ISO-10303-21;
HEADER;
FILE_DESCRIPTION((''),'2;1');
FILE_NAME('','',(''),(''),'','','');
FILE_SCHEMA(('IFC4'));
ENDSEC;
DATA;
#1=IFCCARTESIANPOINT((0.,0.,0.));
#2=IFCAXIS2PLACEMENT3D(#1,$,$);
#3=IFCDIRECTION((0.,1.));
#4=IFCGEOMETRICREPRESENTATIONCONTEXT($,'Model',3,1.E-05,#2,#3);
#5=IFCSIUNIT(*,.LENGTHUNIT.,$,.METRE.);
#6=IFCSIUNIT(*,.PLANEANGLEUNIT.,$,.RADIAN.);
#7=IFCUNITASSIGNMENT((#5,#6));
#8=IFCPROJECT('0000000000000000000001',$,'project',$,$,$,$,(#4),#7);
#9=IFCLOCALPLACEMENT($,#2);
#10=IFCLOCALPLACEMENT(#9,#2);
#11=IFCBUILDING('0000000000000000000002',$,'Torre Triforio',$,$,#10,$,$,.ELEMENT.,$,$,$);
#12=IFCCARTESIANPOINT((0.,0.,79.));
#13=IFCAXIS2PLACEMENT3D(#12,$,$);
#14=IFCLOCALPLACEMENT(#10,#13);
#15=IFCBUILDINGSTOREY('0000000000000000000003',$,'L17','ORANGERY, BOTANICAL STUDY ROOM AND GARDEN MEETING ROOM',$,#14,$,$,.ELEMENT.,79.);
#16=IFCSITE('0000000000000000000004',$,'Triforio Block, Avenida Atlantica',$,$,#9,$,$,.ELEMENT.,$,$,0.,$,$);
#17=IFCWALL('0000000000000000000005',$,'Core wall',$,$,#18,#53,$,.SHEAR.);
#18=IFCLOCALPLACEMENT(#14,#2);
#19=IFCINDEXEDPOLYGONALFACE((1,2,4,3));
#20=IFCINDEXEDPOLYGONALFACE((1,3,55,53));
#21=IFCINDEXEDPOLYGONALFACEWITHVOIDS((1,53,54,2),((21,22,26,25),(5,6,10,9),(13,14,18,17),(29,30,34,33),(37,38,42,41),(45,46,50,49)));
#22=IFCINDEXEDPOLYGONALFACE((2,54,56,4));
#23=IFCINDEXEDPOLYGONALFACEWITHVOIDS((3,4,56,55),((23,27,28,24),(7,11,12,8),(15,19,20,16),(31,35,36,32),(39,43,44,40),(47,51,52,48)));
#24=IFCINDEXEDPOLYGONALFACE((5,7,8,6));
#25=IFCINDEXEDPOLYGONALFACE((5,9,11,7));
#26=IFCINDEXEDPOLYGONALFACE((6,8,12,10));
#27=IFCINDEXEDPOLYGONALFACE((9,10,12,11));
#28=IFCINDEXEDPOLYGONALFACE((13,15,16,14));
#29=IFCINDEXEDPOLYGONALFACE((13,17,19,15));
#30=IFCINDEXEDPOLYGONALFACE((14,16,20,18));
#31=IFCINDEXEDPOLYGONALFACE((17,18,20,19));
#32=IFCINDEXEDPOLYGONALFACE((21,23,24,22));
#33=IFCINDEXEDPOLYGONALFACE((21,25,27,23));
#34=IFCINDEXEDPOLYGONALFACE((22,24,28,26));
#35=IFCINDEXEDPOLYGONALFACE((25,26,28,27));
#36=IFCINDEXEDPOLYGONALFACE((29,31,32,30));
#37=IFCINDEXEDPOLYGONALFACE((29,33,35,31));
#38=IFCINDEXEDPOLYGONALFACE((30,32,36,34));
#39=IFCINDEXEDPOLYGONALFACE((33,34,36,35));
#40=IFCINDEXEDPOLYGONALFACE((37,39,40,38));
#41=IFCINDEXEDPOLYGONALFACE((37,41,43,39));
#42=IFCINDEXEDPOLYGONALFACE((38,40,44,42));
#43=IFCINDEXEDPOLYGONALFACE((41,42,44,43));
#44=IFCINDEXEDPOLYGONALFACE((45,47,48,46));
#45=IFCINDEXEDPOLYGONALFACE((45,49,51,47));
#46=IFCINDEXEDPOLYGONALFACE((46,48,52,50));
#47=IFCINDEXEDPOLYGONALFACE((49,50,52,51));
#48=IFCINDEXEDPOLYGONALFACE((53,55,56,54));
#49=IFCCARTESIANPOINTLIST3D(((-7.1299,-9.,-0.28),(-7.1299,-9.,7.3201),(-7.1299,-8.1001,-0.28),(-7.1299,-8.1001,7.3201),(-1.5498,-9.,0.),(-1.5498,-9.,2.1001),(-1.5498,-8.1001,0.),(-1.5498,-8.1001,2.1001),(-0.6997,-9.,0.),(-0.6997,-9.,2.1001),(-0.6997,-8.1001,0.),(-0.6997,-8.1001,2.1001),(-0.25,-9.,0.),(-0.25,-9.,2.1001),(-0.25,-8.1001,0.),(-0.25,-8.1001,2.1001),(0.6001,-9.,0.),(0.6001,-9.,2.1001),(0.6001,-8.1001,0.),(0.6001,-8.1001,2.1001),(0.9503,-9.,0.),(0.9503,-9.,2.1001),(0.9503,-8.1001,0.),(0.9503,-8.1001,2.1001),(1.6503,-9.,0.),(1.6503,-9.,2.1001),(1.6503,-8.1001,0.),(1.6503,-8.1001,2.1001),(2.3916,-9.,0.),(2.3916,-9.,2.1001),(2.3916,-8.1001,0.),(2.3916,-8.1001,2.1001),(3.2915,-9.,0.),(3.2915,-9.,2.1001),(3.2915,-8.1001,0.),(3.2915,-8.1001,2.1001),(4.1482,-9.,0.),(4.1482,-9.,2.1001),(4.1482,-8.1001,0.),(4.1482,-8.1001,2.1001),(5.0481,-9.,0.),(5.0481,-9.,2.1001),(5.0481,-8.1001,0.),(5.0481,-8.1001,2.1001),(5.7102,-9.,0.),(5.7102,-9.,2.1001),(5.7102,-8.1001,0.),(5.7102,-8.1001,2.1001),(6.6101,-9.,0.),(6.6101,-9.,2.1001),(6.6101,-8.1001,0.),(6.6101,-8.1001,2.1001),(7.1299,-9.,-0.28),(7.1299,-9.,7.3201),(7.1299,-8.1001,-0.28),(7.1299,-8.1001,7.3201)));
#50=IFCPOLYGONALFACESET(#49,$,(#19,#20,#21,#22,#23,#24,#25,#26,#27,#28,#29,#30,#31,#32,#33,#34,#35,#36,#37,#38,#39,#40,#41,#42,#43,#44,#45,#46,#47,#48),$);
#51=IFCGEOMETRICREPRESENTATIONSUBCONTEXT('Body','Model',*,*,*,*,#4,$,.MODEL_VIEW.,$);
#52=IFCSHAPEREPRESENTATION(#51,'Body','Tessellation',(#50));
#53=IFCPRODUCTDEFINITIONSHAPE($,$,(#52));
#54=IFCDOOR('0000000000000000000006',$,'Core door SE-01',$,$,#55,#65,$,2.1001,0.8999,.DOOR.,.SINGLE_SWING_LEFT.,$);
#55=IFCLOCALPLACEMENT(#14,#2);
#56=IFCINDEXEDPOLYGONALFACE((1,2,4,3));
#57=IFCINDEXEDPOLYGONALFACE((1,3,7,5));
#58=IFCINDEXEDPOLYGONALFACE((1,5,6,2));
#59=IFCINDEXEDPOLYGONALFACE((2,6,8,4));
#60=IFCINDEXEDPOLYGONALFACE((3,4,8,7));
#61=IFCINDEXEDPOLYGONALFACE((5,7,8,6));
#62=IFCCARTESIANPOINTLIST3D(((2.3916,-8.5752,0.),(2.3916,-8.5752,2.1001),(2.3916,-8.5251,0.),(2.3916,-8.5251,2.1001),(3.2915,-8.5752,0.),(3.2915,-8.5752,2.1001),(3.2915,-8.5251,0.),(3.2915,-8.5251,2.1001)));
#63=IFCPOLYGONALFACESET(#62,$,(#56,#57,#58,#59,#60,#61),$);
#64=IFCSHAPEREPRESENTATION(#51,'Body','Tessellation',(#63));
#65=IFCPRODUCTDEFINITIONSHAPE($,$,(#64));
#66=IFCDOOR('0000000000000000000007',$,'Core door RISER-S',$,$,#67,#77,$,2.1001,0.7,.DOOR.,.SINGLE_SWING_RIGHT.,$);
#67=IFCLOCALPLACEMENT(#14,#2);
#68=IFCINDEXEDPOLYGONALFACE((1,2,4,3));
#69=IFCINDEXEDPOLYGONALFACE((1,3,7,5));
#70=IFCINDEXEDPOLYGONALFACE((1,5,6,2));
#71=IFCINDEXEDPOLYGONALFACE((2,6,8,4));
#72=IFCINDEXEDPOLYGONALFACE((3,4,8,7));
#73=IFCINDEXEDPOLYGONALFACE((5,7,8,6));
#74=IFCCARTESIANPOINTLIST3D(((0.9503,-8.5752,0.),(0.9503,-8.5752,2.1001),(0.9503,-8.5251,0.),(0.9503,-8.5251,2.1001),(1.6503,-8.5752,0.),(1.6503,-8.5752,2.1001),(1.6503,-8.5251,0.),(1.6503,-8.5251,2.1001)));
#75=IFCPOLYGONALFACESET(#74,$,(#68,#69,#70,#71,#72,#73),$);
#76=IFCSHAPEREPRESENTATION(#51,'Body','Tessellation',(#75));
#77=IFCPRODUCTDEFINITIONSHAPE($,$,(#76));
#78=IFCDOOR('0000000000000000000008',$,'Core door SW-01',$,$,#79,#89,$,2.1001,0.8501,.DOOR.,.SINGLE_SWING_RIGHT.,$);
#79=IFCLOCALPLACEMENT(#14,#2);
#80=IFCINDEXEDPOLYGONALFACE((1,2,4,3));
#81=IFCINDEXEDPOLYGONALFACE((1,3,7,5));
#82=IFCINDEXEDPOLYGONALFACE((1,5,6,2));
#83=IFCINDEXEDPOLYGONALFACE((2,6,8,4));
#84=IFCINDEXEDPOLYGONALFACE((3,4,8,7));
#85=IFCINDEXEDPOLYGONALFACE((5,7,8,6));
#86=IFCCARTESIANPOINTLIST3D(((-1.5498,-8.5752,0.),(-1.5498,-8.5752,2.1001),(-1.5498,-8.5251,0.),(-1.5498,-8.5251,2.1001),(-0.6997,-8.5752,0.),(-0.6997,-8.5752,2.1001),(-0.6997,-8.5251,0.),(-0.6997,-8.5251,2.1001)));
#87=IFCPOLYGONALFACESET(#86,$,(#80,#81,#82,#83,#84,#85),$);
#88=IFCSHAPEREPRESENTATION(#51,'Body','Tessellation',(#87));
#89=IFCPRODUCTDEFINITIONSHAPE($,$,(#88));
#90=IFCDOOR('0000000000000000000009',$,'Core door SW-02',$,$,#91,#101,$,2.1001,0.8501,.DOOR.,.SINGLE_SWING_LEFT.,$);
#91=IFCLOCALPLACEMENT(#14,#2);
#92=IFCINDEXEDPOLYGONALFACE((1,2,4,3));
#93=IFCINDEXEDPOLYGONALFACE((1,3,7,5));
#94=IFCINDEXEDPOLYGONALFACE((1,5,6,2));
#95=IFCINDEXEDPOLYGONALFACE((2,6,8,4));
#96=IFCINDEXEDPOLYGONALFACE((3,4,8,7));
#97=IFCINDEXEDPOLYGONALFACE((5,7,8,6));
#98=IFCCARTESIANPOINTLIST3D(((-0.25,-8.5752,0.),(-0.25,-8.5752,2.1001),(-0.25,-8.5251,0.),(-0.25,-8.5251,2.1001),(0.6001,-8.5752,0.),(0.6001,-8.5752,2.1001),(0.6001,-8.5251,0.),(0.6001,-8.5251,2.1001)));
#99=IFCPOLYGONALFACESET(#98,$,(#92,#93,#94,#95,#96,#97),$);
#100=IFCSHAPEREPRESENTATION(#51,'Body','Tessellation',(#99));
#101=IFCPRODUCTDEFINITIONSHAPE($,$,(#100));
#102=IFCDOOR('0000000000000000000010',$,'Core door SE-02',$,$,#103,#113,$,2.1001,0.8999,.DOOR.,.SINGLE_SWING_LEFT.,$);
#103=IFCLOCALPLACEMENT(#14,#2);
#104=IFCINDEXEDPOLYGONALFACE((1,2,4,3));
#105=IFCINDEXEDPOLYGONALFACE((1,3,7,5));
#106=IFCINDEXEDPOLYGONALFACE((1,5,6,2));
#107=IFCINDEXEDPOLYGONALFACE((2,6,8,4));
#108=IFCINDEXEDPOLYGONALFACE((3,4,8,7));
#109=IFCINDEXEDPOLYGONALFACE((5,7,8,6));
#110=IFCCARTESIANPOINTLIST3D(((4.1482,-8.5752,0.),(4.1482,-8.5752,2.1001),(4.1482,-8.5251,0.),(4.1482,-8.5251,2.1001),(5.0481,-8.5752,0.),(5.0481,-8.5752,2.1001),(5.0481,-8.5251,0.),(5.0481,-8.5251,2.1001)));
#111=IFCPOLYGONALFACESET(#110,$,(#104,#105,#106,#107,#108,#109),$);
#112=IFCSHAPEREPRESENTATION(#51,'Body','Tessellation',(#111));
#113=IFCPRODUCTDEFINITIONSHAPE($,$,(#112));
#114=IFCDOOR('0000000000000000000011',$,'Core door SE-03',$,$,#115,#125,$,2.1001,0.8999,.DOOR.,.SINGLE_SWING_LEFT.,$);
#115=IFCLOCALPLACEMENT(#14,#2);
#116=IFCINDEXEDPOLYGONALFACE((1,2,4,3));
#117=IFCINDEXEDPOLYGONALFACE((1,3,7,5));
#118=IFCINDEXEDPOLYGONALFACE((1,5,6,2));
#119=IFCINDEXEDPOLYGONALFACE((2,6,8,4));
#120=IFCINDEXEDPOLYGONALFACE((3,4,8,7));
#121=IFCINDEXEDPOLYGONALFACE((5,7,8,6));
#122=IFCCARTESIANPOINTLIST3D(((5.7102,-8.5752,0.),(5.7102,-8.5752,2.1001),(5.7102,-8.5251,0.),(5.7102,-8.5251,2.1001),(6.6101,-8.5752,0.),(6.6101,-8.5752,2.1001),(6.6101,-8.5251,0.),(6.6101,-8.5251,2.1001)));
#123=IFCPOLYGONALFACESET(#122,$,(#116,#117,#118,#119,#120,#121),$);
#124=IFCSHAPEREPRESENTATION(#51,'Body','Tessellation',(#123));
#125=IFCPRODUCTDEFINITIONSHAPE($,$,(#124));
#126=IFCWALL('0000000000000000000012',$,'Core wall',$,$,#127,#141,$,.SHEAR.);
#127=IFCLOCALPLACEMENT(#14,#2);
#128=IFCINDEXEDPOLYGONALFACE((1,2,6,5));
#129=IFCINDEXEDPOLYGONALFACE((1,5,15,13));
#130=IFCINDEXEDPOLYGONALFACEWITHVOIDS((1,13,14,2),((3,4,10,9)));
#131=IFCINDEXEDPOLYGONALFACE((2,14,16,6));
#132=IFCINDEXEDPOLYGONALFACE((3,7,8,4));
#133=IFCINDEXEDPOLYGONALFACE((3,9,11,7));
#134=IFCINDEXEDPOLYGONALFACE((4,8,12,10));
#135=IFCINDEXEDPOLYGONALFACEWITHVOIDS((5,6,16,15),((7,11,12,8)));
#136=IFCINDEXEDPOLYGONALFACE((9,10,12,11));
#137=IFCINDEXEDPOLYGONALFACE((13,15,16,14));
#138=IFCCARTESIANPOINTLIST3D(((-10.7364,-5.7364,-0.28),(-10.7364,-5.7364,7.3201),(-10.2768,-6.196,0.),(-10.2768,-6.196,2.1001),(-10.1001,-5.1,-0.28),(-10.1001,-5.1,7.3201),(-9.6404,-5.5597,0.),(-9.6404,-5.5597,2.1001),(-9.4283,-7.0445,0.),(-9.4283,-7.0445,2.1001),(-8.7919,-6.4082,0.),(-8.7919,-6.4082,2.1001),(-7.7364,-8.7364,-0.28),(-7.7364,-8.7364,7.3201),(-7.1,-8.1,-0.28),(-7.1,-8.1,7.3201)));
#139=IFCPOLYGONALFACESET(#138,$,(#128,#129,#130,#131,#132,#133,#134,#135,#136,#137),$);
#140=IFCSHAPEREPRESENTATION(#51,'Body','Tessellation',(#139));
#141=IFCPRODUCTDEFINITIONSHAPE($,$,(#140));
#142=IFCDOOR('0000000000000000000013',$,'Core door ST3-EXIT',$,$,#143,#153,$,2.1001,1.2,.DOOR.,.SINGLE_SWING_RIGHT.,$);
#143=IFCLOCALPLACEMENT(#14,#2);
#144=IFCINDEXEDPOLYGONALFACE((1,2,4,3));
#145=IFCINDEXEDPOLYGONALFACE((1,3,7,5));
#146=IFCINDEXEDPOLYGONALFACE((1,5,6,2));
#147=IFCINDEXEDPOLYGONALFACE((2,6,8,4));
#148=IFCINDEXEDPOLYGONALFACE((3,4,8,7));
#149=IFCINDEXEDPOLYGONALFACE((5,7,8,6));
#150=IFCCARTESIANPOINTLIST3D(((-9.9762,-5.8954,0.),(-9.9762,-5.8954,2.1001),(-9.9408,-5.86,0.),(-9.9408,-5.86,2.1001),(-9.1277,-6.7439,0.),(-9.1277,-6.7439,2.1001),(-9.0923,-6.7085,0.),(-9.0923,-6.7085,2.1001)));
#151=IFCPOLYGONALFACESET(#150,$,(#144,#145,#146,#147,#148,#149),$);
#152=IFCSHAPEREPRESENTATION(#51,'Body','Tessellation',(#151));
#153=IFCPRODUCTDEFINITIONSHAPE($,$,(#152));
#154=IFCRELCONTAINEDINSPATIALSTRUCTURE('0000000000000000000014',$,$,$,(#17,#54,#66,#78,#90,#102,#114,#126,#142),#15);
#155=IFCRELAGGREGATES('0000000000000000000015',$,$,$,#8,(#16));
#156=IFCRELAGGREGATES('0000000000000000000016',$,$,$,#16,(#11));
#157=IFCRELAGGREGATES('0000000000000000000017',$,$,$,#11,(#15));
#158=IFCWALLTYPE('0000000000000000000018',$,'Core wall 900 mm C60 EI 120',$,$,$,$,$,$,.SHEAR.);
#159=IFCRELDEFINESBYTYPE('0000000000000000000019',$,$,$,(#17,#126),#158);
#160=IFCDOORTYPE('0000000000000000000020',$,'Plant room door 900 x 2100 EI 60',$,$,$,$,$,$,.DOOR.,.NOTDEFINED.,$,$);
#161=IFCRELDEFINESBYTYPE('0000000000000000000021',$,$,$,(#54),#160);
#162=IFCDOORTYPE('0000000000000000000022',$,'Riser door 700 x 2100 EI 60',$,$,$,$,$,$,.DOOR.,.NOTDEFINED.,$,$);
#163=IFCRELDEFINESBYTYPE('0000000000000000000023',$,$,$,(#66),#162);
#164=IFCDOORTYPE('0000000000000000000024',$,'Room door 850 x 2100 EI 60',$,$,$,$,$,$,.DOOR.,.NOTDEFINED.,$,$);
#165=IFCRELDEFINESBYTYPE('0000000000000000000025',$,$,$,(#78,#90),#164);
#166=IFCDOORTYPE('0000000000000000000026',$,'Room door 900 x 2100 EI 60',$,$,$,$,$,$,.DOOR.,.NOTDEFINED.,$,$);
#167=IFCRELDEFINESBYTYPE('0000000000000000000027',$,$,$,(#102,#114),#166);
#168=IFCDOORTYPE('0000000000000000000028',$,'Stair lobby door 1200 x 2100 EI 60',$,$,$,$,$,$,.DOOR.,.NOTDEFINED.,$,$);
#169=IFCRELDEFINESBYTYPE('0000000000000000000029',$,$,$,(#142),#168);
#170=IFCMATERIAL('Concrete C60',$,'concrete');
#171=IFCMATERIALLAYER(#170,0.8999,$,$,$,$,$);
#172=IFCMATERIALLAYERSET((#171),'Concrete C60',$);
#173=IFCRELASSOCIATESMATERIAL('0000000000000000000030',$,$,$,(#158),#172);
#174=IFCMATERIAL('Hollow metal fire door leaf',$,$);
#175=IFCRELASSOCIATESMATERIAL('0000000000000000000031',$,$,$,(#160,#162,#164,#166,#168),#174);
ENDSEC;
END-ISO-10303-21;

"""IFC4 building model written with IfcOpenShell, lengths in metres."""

from ifc_helpers import new_model, si_unit, direction, frame, frame_2d, origin, place, context, subcontext, project, spatial, rectangle, extrude, material, layer, layer_set, type_object, element, fill, save


model = new_model("IFC4")

# Units and contexts
model_context = context("Model", 3, precision=1e-05, world=origin(), true_north=direction((0.0, 1.0)))
body_context = subcontext(model_context, "Body", "Model", "MODEL_VIEW")
ifc_project = project(units=[si_unit("LENGTHUNIT", "METRE"), si_unit("PLANEANGLEUNIT", "RADIAN")], contexts=[model_context])

# Site, building, storey
site_placement = place(None, origin())
site = spatial("IfcSite", under=ifc_project, at=site_placement, Name="Triforio Block, Avenida Atlantica", CompositionType="ELEMENT", RefElevation=0.0)
building_placement = place(site_placement, origin())
building = spatial("IfcBuilding", under=site, at=building_placement, Name="Torre Triforio", CompositionType="ELEMENT")
storey_placement = place(building_placement, frame((0.0, 0.0, 79.0)))
storey = spatial("IfcBuildingStorey", under=building, at=storey_placement, Name="L17", Description="ORANGERY, BOTANICAL STUDY ROOM AND GARDEN MEETING ROOM", CompositionType="ELEMENT", Elevation=79.0)

# Shared definitions
ifc_material_1 = material(Name="Concrete C60", Category="concrete")

# Wall, openings, doors
ifc_layer_1 = layer(ifc_material_1, 0.8999)
ifc_layer_set_1 = layer_set([ifc_layer_1], Name="Concrete C60")
wall_type_1 = type_object("IfcWallType", Name="Core wall 900 mm C60 EI 120", PredefinedType="SHEAR", material=ifc_layer_set_1)
wall_1_placement = place(storey_placement, frame((-7.1299, -8.55, -0.28), z_axis=(0.0, 0.0, 1.0), x_axis=(1.0, 0.0, 0.0)))
wall_1 = element("IfcWall", 1, at=wall_1_placement, inside=storey, type_object=wall_type_1, Name="Core wall", PredefinedType="SHEAR", context=body_context, shape_type="SweptSolid", body=[
    extrude(rectangle(XDim=14.2598, YDim=0.8999, at=frame_2d((7.1299, 0.0))), origin(), (0.0, 0.0, 1.0), 7.6001),
])
opening_1_placement = place(wall_1_placement, frame((8.0801, 0.0, 0.28)))
opening_1 = element("IfcOpeningElement", 2, at=opening_1_placement, cuts=wall_1, PredefinedType="OPENING", context=body_context, shape_type="SweptSolid", body=[
    extrude(rectangle(XDim=0.7, YDim=2.1001, at=frame_2d((0.3501, 1.05))), frame((0.0, 0.46, 0.0), z_axis=(0.0, -1.0, 0.0), x_axis=(1.0, 0.0, 0.0)), (0.0, 0.0, 1.0), 0.9199),
])
opening_2_placement = place(wall_1_placement, frame((5.5801, 0.0, 0.28)))
opening_2 = element("IfcOpeningElement", 3, at=opening_2_placement, cuts=wall_1, PredefinedType="OPENING", context=body_context, shape_type="SweptSolid", body=[
    extrude(rectangle(XDim=0.8501, YDim=2.1001, at=frame_2d((0.425, 1.05))), frame((0.0, 0.46, 0.0), z_axis=(0.0, -1.0, 0.0), x_axis=(1.0, 0.0, 0.0)), (0.0, 0.0, 1.0), 0.9199),
])
opening_3_placement = place(wall_1_placement, frame((6.8799, 0.0, 0.28)))
opening_3 = element("IfcOpeningElement", 4, at=opening_3_placement, cuts=wall_1, PredefinedType="OPENING", context=body_context, shape_type="SweptSolid", body=[
    extrude(rectangle(XDim=0.8501, YDim=2.1001, at=frame_2d((0.425, 1.05))), frame((0.0, 0.46, 0.0), z_axis=(0.0, -1.0, 0.0), x_axis=(1.0, 0.0, 0.0)), (0.0, 0.0, 1.0), 0.9199),
])
opening_4_placement = place(wall_1_placement, frame((9.5215, 0.0, 0.28)))
opening_4 = element("IfcOpeningElement", 5, at=opening_4_placement, cuts=wall_1, PredefinedType="OPENING", context=body_context, shape_type="SweptSolid", body=[
    extrude(rectangle(XDim=0.8999, YDim=2.1001, at=frame_2d((0.45, 1.05))), frame((0.0, 0.46, 0.0), z_axis=(0.0, -1.0, 0.0), x_axis=(1.0, 0.0, 0.0)), (0.0, 0.0, 1.0), 0.9199),
])
opening_5_placement = place(wall_1_placement, frame((11.2781, 0.0, 0.28)))
opening_5 = element("IfcOpeningElement", 6, at=opening_5_placement, cuts=wall_1, PredefinedType="OPENING", context=body_context, shape_type="SweptSolid", body=[
    extrude(rectangle(XDim=0.8999, YDim=2.1001, at=frame_2d((0.45, 1.05))), frame((0.0, 0.46, 0.0), z_axis=(0.0, -1.0, 0.0), x_axis=(1.0, 0.0, 0.0)), (0.0, 0.0, 1.0), 0.9199),
])
opening_6_placement = place(wall_1_placement, frame((12.8401, 0.0, 0.28)))
opening_6 = element("IfcOpeningElement", 7, at=opening_6_placement, cuts=wall_1, PredefinedType="OPENING", context=body_context, shape_type="SweptSolid", body=[
    extrude(rectangle(XDim=0.8999, YDim=2.1001, at=frame_2d((0.45, 1.05))), frame((0.0, 0.46, 0.0), z_axis=(0.0, -1.0, 0.0), x_axis=(1.0, 0.0, 0.0)), (0.0, 0.0, 1.0), 0.9199),
])
ifc_material_2 = material(Name="Hollow metal fire door leaf")
door_type_1 = type_object("IfcDoorType", Name="Plant room door 900 x 2100 EI 60", OperationType="NOTDEFINED", PredefinedType="DOOR", material=ifc_material_2)
door_1_placement = place(opening_4_placement, origin())
door_1 = element("IfcDoor", 8, at=door_1_placement, inside=storey, type_object=door_type_1, Name="Core door SE-01", OperationType="SINGLE_SWING_LEFT", OverallHeight=2.1001, OverallWidth=0.8999, PredefinedType="DOOR", context=body_context, shape_type="SweptSolid", body=[
    extrude(rectangle(XDim=0.8999, YDim=2.1001, at=frame_2d((0.45, 1.05))), frame((0.0, 0.0249, 0.0), z_axis=(0.0, -1.0, 0.0), x_axis=(1.0, 0.0, 0.0)), (0.0, 0.0, 1.0), 0.05),
])
fill(opening_4, door_1)
door_type_2 = type_object("IfcDoorType", Name="Riser door 700 x 2100 EI 60", OperationType="NOTDEFINED", PredefinedType="DOOR", material=ifc_material_2)
door_2_placement = place(opening_1_placement, origin())
door_2 = element("IfcDoor", 9, at=door_2_placement, inside=storey, type_object=door_type_2, Name="Core door RISER-S", OperationType="SINGLE_SWING_RIGHT", OverallHeight=2.1001, OverallWidth=0.7, PredefinedType="DOOR", context=body_context, shape_type="SweptSolid", body=[
    extrude(rectangle(XDim=0.7, YDim=2.1001, at=frame_2d((0.3501, 1.05))), frame((0.0, 0.0249, 0.0), z_axis=(0.0, -1.0, 0.0), x_axis=(1.0, 0.0, 0.0)), (0.0, 0.0, 1.0), 0.05),
])
fill(opening_1, door_2)
door_type_3 = type_object("IfcDoorType", Name="Room door 850 x 2100 EI 60", OperationType="NOTDEFINED", PredefinedType="DOOR", material=ifc_material_2)
door_3_placement = place(opening_2_placement, origin())
door_3 = element("IfcDoor", 10, at=door_3_placement, inside=storey, type_object=door_type_3, Name="Core door SW-01", OperationType="SINGLE_SWING_RIGHT", OverallHeight=2.1001, OverallWidth=0.8501, PredefinedType="DOOR", context=body_context, shape_type="SweptSolid", body=[
    extrude(rectangle(XDim=0.8501, YDim=2.1001, at=frame_2d((0.425, 1.05))), frame((0.0, 0.0249, 0.0), z_axis=(0.0, -1.0, 0.0), x_axis=(1.0, 0.0, 0.0)), (0.0, 0.0, 1.0), 0.05),
])
fill(opening_2, door_3)
door_4_placement = place(opening_3_placement, origin())
door_4 = element("IfcDoor", 11, at=door_4_placement, inside=storey, type_object=door_type_3, Name="Core door SW-02", OperationType="SINGLE_SWING_LEFT", OverallHeight=2.1001, OverallWidth=0.8501, PredefinedType="DOOR", context=body_context, shape_type="SweptSolid", body=[
    extrude(rectangle(XDim=0.8501, YDim=2.1001, at=frame_2d((0.425, 1.05))), frame((0.0, 0.0249, 0.0), z_axis=(0.0, -1.0, 0.0), x_axis=(1.0, 0.0, 0.0)), (0.0, 0.0, 1.0), 0.05),
])
fill(opening_3, door_4)
door_type_4 = type_object("IfcDoorType", Name="Room door 900 x 2100 EI 60", OperationType="NOTDEFINED", PredefinedType="DOOR", material=ifc_material_2)
door_5_placement = place(opening_5_placement, origin())
door_5 = element("IfcDoor", 12, at=door_5_placement, inside=storey, type_object=door_type_4, Name="Core door SE-02", OperationType="SINGLE_SWING_LEFT", OverallHeight=2.1001, OverallWidth=0.8999, PredefinedType="DOOR", context=body_context, shape_type="SweptSolid", body=[
    extrude(rectangle(XDim=0.8999, YDim=2.1001, at=frame_2d((0.45, 1.05))), frame((0.0, 0.0249, 0.0), z_axis=(0.0, -1.0, 0.0), x_axis=(1.0, 0.0, 0.0)), (0.0, 0.0, 1.0), 0.05),
])
fill(opening_5, door_5)
door_6_placement = place(opening_6_placement, origin())
door_6 = element("IfcDoor", 13, at=door_6_placement, inside=storey, type_object=door_type_4, Name="Core door SE-03", OperationType="SINGLE_SWING_LEFT", OverallHeight=2.1001, OverallWidth=0.8999, PredefinedType="DOOR", context=body_context, shape_type="SweptSolid", body=[
    extrude(rectangle(XDim=0.8999, YDim=2.1001, at=frame_2d((0.45, 1.05))), frame((0.0, 0.0249, 0.0), z_axis=(0.0, -1.0, 0.0), x_axis=(1.0, 0.0, 0.0)), (0.0, 0.0, 1.0), 0.05),
])
fill(opening_6, door_6)

# Wall, opening, door
wall_2_placement = place(storey_placement, frame((-7.4182, -8.4182, -0.28), z_axis=(0.0, 0.0, 1.0), x_axis=(-0.707107, 0.707107, 0.0)))
wall_2 = element("IfcWall", 14, at=wall_2_placement, inside=storey, type_object=wall_type_1, Name="Core wall", PredefinedType="SHEAR", context=body_context, shape_type="SweptSolid", body=[
    extrude(rectangle(XDim=4.2427, YDim=0.8999, at=frame_2d((2.1213, 0.0))), origin(), (0.0, 0.0, 1.0), 7.6001),
])
opening_7_placement = place(wall_2_placement, frame((2.3926, 0.0, 0.28)))
opening_7 = element("IfcOpeningElement", 15, at=opening_7_placement, cuts=wall_2, PredefinedType="OPENING", context=body_context, shape_type="SweptSolid", body=[
    extrude(rectangle(XDim=1.2, YDim=2.1001, at=frame_2d((0.6001, 1.05))), frame((0.0, 0.46, 0.0), z_axis=(0.0, -1.0, 0.0), x_axis=(1.0, 0.0, 0.0)), (0.0, 0.0, 1.0), 0.9199),
])
door_type_5 = type_object("IfcDoorType", Name="Stair lobby door 1200 x 2100 EI 60", OperationType="NOTDEFINED", PredefinedType="DOOR", material=ifc_material_2)
door_7_placement = place(opening_7_placement, origin())
door_7 = element("IfcDoor", 16, at=door_7_placement, inside=storey, type_object=door_type_5, Name="Core door ST3-EXIT", OperationType="SINGLE_SWING_RIGHT", OverallHeight=2.1001, OverallWidth=1.2, PredefinedType="DOOR", context=body_context, shape_type="SweptSolid", body=[
    extrude(rectangle(XDim=1.2, YDim=2.1001, at=frame_2d((0.6001, 1.05))), frame((0.0, 0.0249, 0.0), z_axis=(0.0, -1.0, 0.0), x_axis=(1.0, 0.0, 0.0)), (0.0, 0.0, 1.0), 0.05),
])
fill(opening_7, door_7)

save(model, "model.ifc")
